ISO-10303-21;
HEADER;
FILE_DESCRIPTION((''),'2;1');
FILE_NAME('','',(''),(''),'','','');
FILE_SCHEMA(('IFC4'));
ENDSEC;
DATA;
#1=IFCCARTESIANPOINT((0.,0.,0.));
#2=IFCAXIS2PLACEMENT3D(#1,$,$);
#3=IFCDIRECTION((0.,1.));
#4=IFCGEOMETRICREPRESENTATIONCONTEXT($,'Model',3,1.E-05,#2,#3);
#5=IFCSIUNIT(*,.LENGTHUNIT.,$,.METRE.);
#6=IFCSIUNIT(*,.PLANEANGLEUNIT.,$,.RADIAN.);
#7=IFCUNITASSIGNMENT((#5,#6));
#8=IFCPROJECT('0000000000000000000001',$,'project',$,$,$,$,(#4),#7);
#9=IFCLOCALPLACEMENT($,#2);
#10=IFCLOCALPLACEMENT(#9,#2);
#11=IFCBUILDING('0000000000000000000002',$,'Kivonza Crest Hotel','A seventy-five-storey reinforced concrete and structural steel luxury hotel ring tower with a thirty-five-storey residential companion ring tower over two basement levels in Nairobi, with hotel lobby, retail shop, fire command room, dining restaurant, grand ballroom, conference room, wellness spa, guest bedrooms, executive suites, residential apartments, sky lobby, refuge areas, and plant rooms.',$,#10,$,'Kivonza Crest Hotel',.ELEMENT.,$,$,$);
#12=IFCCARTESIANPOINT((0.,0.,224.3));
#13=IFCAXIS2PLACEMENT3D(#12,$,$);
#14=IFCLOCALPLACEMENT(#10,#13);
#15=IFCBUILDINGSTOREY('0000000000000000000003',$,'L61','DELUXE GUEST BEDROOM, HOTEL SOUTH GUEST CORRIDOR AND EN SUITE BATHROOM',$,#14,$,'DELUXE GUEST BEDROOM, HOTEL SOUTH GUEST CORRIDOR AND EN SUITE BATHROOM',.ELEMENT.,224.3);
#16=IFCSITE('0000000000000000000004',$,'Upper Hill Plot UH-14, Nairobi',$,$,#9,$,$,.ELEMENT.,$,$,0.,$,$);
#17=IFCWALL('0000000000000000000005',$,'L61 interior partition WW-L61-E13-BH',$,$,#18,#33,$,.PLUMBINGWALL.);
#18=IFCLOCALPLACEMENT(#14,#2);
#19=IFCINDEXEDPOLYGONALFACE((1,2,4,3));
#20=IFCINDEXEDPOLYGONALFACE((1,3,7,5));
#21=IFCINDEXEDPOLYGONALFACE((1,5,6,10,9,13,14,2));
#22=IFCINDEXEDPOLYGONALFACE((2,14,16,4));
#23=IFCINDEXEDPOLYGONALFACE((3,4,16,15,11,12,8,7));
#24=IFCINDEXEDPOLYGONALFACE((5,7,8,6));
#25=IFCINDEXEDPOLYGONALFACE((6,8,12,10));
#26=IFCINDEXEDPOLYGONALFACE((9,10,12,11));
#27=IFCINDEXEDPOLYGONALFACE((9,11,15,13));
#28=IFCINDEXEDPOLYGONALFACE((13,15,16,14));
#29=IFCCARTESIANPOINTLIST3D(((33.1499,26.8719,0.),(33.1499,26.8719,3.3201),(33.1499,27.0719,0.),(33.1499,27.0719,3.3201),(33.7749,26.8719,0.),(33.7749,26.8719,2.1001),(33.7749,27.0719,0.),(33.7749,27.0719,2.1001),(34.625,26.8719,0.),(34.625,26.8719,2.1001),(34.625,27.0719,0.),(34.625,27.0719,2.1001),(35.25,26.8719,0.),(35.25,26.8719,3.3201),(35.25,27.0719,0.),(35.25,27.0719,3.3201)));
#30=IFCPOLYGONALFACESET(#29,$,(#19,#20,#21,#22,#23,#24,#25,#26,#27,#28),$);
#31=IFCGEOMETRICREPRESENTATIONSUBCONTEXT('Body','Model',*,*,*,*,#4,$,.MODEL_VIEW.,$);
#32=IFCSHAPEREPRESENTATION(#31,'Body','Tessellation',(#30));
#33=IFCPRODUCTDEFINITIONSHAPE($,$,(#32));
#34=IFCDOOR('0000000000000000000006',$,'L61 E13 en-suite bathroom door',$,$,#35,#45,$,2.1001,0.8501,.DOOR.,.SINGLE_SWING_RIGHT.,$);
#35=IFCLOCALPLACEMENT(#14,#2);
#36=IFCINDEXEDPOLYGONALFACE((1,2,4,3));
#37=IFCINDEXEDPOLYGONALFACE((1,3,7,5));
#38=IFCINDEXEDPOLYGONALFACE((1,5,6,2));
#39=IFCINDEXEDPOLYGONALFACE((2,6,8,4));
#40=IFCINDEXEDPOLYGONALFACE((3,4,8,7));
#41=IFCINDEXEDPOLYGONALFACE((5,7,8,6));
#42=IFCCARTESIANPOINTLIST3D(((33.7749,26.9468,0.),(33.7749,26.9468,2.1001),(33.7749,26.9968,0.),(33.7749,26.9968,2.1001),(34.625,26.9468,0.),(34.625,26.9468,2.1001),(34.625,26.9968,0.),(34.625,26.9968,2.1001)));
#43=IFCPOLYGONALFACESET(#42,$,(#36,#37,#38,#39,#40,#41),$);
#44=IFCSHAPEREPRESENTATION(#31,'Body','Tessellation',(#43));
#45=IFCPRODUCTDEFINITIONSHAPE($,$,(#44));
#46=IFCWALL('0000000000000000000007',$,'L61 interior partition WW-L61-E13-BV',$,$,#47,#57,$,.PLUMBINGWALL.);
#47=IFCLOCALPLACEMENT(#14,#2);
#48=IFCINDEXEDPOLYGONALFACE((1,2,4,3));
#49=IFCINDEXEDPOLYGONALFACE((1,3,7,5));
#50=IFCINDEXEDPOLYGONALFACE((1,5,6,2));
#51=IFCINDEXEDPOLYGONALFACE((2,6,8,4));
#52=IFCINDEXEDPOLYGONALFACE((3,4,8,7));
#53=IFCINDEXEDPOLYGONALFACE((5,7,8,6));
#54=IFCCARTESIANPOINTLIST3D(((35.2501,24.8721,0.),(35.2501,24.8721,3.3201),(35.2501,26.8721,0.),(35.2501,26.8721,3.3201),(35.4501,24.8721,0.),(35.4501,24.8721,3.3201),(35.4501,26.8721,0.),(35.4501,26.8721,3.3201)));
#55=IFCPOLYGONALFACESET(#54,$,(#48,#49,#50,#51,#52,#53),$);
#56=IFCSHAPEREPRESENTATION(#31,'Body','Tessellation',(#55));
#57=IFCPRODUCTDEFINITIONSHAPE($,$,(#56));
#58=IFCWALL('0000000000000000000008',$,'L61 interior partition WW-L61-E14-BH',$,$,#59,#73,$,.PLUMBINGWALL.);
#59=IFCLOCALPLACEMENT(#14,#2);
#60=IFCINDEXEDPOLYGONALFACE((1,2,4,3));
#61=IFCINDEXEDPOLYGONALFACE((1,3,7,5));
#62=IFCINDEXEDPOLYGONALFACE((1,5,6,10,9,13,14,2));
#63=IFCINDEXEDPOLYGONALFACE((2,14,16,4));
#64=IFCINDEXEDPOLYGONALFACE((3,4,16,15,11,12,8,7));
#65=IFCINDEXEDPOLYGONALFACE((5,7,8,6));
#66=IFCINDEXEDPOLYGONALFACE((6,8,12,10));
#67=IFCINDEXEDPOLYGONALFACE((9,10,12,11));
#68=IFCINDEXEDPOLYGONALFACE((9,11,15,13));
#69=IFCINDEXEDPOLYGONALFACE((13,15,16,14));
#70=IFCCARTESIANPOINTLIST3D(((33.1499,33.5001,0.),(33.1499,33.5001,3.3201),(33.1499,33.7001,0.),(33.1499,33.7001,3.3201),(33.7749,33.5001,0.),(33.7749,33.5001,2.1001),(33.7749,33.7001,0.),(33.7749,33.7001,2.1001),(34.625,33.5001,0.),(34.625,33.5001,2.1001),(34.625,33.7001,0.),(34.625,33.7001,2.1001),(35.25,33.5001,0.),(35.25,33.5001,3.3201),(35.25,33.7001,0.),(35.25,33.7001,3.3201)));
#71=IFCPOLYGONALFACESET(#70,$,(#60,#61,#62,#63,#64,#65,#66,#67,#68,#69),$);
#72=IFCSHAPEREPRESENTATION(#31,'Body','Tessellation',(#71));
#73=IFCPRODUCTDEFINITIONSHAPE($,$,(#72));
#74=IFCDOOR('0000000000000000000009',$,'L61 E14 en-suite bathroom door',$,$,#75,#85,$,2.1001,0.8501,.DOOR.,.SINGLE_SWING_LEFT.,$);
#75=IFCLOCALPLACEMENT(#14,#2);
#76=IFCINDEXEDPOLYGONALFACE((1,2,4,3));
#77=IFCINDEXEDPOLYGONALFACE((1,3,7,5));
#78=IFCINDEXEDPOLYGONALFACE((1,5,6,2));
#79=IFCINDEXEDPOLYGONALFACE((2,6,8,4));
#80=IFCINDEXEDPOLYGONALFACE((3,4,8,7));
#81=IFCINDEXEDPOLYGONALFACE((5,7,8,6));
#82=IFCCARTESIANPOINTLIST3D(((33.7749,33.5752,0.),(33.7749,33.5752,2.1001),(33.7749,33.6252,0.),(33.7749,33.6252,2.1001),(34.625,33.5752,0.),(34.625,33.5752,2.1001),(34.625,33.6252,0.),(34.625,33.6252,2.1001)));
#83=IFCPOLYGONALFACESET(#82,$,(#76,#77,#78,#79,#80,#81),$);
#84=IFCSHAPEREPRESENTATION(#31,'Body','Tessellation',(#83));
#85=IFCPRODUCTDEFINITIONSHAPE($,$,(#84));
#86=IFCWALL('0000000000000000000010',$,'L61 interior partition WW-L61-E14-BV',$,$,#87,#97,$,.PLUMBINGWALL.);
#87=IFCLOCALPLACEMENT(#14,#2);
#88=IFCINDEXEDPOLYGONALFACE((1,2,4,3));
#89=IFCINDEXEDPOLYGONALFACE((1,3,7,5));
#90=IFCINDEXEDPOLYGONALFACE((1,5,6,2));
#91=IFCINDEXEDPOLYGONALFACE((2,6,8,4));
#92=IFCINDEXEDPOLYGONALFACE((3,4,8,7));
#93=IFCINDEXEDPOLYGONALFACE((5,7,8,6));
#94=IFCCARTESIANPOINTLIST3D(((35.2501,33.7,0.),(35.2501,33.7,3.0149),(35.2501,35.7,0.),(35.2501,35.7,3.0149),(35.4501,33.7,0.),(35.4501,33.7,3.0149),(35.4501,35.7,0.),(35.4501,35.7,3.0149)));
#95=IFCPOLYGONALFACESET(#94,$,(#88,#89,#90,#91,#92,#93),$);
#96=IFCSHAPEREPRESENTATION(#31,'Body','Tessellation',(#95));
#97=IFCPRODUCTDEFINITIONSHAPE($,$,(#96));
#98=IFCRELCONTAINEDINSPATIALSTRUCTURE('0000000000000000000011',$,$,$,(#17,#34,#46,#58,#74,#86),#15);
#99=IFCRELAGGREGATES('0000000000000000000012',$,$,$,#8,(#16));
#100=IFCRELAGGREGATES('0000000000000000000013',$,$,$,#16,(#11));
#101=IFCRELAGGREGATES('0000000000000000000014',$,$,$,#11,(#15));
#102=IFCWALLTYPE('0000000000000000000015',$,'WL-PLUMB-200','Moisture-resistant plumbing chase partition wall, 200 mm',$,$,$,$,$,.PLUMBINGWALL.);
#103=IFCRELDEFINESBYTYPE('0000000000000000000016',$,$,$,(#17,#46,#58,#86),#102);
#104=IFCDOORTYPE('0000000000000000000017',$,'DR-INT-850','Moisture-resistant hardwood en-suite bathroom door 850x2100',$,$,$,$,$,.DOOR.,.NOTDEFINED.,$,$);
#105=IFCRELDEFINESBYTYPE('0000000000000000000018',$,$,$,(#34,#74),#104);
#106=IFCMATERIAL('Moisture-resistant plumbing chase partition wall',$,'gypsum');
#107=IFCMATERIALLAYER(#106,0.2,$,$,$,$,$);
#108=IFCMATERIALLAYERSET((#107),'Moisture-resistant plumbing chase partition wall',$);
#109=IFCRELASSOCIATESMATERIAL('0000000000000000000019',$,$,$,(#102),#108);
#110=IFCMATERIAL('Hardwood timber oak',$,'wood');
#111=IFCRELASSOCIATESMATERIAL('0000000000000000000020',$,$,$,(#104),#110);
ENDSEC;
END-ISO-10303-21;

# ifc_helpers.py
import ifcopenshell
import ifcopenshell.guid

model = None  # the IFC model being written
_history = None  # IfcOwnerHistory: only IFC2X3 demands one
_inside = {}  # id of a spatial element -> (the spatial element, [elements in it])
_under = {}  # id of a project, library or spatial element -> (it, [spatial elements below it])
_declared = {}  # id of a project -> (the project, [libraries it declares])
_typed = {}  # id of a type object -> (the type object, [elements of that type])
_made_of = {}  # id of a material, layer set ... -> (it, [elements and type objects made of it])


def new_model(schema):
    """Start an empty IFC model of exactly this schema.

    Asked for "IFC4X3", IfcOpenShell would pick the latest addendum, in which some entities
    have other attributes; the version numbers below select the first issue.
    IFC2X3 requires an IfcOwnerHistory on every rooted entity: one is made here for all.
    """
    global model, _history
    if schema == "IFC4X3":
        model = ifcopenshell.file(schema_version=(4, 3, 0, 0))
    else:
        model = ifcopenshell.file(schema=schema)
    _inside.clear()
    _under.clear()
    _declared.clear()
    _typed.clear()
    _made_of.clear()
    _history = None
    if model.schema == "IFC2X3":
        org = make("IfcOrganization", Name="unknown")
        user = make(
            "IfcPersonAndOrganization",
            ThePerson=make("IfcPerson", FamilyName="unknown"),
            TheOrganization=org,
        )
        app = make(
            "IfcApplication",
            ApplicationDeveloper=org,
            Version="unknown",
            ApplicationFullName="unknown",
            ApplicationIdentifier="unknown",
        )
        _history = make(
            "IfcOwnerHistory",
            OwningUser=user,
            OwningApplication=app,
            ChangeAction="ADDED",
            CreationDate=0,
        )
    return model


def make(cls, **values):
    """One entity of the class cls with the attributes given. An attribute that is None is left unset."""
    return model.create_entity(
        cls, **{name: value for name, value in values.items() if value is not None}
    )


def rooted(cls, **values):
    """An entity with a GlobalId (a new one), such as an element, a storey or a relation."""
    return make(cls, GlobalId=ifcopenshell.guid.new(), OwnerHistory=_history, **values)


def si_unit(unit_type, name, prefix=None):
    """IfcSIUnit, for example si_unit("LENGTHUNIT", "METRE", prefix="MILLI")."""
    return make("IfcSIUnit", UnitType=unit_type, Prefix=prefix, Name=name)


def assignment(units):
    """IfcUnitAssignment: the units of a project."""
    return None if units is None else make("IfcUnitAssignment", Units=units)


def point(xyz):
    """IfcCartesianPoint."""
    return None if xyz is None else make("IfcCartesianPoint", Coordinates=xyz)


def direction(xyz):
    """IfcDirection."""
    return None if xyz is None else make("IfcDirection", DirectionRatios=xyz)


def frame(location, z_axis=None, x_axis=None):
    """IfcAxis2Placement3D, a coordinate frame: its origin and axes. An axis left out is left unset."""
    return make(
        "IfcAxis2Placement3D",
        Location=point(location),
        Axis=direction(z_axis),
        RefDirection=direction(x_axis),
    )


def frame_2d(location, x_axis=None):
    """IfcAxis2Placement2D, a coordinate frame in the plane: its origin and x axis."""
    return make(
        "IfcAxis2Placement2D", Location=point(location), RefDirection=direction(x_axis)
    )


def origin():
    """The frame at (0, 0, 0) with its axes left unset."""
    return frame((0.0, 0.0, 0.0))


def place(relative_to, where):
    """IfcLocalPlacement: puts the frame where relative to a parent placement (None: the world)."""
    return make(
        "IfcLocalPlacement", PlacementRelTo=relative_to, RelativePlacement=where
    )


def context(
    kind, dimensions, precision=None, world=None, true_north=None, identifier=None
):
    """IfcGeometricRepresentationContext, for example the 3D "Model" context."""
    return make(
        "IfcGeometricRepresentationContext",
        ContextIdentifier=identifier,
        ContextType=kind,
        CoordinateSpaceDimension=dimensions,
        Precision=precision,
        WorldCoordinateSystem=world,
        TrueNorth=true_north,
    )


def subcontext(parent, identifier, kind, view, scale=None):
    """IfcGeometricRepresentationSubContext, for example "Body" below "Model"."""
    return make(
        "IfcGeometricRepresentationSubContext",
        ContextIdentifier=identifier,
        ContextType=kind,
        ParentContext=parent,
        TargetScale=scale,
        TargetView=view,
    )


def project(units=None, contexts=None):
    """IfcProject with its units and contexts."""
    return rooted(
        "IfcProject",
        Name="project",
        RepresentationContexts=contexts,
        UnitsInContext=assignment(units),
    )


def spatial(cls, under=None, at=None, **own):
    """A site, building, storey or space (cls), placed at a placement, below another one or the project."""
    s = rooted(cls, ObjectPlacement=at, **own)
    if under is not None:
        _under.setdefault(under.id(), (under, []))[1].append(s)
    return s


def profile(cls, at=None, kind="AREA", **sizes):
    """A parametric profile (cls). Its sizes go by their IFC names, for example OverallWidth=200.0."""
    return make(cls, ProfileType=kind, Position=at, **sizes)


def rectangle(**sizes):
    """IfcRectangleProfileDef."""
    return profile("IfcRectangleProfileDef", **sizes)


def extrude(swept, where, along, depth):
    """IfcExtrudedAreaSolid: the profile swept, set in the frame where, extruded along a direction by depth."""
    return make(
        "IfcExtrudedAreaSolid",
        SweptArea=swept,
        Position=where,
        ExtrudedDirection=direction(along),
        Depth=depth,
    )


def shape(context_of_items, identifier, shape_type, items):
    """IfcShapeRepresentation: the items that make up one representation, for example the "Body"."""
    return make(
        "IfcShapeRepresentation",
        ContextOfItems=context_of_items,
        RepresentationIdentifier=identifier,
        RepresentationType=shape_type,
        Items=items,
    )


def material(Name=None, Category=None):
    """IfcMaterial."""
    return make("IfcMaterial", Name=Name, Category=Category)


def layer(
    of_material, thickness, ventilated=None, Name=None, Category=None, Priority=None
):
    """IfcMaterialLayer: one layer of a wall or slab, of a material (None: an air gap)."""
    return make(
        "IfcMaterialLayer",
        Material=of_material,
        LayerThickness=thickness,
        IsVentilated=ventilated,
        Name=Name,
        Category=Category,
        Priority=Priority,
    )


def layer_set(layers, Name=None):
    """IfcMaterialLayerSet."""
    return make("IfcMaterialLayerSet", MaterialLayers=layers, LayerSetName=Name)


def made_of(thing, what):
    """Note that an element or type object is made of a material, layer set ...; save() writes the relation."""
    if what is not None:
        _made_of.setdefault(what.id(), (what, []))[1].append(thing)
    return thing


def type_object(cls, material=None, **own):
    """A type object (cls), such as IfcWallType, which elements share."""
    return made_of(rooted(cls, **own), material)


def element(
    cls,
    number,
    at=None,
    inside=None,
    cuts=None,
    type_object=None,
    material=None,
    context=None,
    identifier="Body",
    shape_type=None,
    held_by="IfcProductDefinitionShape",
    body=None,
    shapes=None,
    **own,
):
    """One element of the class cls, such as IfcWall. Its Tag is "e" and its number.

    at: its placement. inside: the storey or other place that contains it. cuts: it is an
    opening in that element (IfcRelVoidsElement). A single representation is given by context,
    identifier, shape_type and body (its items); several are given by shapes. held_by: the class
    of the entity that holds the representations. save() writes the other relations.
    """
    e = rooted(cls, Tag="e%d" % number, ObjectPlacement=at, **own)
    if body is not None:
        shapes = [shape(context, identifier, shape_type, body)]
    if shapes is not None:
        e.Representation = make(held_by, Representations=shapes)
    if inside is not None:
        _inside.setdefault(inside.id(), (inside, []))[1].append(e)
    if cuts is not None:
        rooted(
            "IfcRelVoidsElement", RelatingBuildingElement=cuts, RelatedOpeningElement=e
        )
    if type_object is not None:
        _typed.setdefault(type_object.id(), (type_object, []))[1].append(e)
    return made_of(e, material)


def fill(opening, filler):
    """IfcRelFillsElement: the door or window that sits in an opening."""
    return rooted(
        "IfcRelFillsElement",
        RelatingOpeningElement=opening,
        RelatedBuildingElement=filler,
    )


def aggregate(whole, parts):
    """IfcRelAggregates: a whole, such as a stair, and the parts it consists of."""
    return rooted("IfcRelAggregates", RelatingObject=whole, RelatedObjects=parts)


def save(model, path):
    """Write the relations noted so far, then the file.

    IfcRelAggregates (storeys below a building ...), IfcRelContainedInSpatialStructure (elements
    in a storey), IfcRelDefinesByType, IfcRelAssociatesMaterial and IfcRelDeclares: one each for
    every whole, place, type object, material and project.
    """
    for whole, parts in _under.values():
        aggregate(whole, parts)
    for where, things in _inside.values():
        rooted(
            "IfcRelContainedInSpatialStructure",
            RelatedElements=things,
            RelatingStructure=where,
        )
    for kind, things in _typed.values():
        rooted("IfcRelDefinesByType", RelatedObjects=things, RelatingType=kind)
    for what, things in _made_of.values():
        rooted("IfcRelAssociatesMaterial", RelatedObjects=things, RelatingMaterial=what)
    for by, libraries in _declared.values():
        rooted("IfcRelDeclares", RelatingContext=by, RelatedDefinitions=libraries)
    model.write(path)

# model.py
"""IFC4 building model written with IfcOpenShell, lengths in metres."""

from ifc_helpers import new_model, si_unit, direction, frame, frame_2d, origin, place, context, subcontext, project, spatial, rectangle, extrude, material, layer, layer_set, type_object, element, fill, save


model = new_model("IFC4")

# Units and contexts
model_context = context("Model", 3, precision=1e-05, world=origin(), true_north=direction((0.0, 1.0)))
body_context = subcontext(model_context, "Body", "Model", "MODEL_VIEW")
ifc_project = project(units=[si_unit("LENGTHUNIT", "METRE"), si_unit("PLANEANGLEUNIT", "RADIAN")], contexts=[model_context])

# Site, building, storey
site_placement = place(None, origin())
site = spatial("IfcSite", under=ifc_project, at=site_placement, Name="Upper Hill Plot UH-14, Nairobi", CompositionType="ELEMENT", RefElevation=0.0)
building_placement = place(site_placement, origin())
building = spatial("IfcBuilding", under=site, at=building_placement, Name="Kivonza Crest Hotel", Description="A seventy-five-storey reinforced concrete and structural steel luxury hotel ring tower with a thirty-five-storey residential companion ring tower over two basement levels in Nairobi, with hotel lobby, retail shop, fire command room, dining restaurant, grand ballroom, conference room, wellness spa, guest bedrooms, executive suites, residential apartments, sky lobby, refuge areas, and plant rooms.", LongName="Kivonza Crest Hotel", CompositionType="ELEMENT")
storey_placement = place(building_placement, frame((0.0, 0.0, 224.3)))
storey = spatial("IfcBuildingStorey", under=building, at=storey_placement, Name="L61", Description="DELUXE GUEST BEDROOM, HOTEL SOUTH GUEST CORRIDOR AND EN SUITE BATHROOM", LongName="DELUXE GUEST BEDROOM, HOTEL SOUTH GUEST CORRIDOR AND EN SUITE BATHROOM", CompositionType="ELEMENT", Elevation=224.3)

# Shared definitions
ifc_material_1 = material(Name="Hardwood timber oak", Category="wood")

# Wall, opening, door
ifc_material_2 = material(Name="Moisture-resistant plumbing chase partition wall", Category="gypsum")
ifc_layer_1 = layer(ifc_material_2, 0.2)
ifc_layer_set_1 = layer_set([ifc_layer_1], Name="Moisture-resistant plumbing chase partition wall")
wall_type_1 = type_object("IfcWallType", Name="WL-PLUMB-200", Description="Moisture-resistant plumbing chase partition wall, 200 mm", PredefinedType="PLUMBINGWALL", material=ifc_layer_set_1)
wall_1_placement = place(storey_placement, frame((33.1499, 26.9719, 0.0), z_axis=(0.0, 0.0, 1.0), x_axis=(1.0, 0.0, 0.0)))
wall_1 = element("IfcWall", 1, at=wall_1_placement, inside=storey, type_object=wall_type_1, Name="L61 interior partition WW-L61-E13-BH", PredefinedType="PLUMBINGWALL", context=body_context, shape_type="SweptSolid", body=[
    extrude(rectangle(XDim=2.1001, YDim=0.2, at=frame_2d((1.05, 0.0))), origin(), (0.0, 0.0, 1.0), 3.3201),
])
opening_1_placement = place(wall_1_placement, frame((0.625, 0.0, 0.0)))
opening_1 = element("IfcOpeningElement", 2, at=opening_1_placement, cuts=wall_1, PredefinedType="OPENING", context=body_context, shape_type="SweptSolid", body=[
    extrude(rectangle(XDim=0.8501, YDim=2.1001, at=frame_2d((0.425, 1.05))), frame((0.0, 0.1099, 0.0), z_axis=(0.0, -1.0, 0.0), x_axis=(1.0, 0.0, 0.0)), (0.0, 0.0, 1.0), 0.22),
])
door_type_1 = type_object("IfcDoorType", Name="DR-INT-850", Description="Moisture-resistant hardwood en-suite bathroom door 850x2100", OperationType="NOTDEFINED", PredefinedType="DOOR", material=ifc_material_1)
door_1_placement = place(opening_1_placement, origin())
door_1 = element("IfcDoor", 3, at=door_1_placement, inside=storey, type_object=door_type_1, Name="L61 E13 en-suite bathroom door", OperationType="SINGLE_SWING_RIGHT", OverallHeight=2.1001, OverallWidth=0.8501, PredefinedType="DOOR", context=body_context, shape_type="SweptSolid", body=[
    extrude(rectangle(XDim=0.8501, YDim=2.1001, at=frame_2d((0.425, 1.05))), frame((0.0, 0.0249, 0.0), z_axis=(0.0, -1.0, 0.0), x_axis=(1.0, 0.0, 0.0)), (0.0, 0.0, 1.0), 0.05),
])
fill(opening_1, door_1)

# Wall
wall_2_placement = place(storey_placement, frame((35.3501, 24.8721, 0.0), z_axis=(0.0, 0.0, 1.0), x_axis=(0.0, 1.0, 0.0)))
element("IfcWall", 4, at=wall_2_placement, inside=storey, type_object=wall_type_1, Name="L61 interior partition WW-L61-E13-BV", PredefinedType="PLUMBINGWALL", context=body_context, shape_type="SweptSolid", body=[
    extrude(rectangle(XDim=2.0, YDim=0.2, at=frame_2d((1.0, 0.0))), origin(), (0.0, 0.0, 1.0), 3.3201),
])

# Wall, opening, door
wall_3_placement = place(storey_placement, frame((33.1499, 33.6001, 0.0), z_axis=(0.0, 0.0, 1.0), x_axis=(1.0, 0.0, 0.0)))
wall_3 = element("IfcWall", 5, at=wall_3_placement, inside=storey, type_object=wall_type_1, Name="L61 interior partition WW-L61-E14-BH", PredefinedType="PLUMBINGWALL", context=body_context, shape_type="SweptSolid", body=[
    extrude(rectangle(XDim=2.1001, YDim=0.2, at=frame_2d((1.05, 0.0))), origin(), (0.0, 0.0, 1.0), 3.3201),
])
opening_2_placement = place(wall_3_placement, frame((0.625, 0.0, 0.0)))
opening_2 = element("IfcOpeningElement", 6, at=opening_2_placement, cuts=wall_3, PredefinedType="OPENING", context=body_context, shape_type="SweptSolid", body=[
    extrude(rectangle(XDim=0.8501, YDim=2.1001, at=frame_2d((0.425, 1.05))), frame((0.0, 0.1099, 0.0), z_axis=(0.0, -1.0, 0.0), x_axis=(1.0, 0.0, 0.0)), (0.0, 0.0, 1.0), 0.22),
])
door_2_placement = place(opening_2_placement, frame((0.8501, 0.0, 0.0), z_axis=(0.0, 0.0, 1.0), x_axis=(-1.0, 0.0, 0.0)))
door_2 = element("IfcDoor", 7, at=door_2_placement, inside=storey, type_object=door_type_1, Name="L61 E14 en-suite bathroom door", OperationType="SINGLE_SWING_LEFT", OverallHeight=2.1001, OverallWidth=0.8501, PredefinedType="DOOR", context=body_context, shape_type="SweptSolid", body=[
    extrude(rectangle(XDim=0.8501, YDim=2.1001, at=frame_2d((0.425, 1.05))), frame((0.0, 0.0249, 0.0), z_axis=(0.0, -1.0, 0.0), x_axis=(1.0, 0.0, 0.0)), (0.0, 0.0, 1.0), 0.05),
])
fill(opening_2, door_2)

# Wall
wall_4_placement = place(storey_placement, frame((35.3501, 33.7, 0.0), z_axis=(0.0, 0.0, 1.0), x_axis=(0.0, 1.0, 0.0)))
element("IfcWall", 8, at=wall_4_placement, inside=storey, type_object=wall_type_1, Name="L61 interior partition WW-L61-E14-BV", PredefinedType="PLUMBINGWALL", context=body_context, shape_type="SweptSolid", body=[
    extrude(rectangle(XDim=2.0, YDim=0.2, at=frame_2d((1.0, 0.0))), origin(), (0.0, 0.0, 1.0), 3.0149),
])

save(model, "model.ifc")
